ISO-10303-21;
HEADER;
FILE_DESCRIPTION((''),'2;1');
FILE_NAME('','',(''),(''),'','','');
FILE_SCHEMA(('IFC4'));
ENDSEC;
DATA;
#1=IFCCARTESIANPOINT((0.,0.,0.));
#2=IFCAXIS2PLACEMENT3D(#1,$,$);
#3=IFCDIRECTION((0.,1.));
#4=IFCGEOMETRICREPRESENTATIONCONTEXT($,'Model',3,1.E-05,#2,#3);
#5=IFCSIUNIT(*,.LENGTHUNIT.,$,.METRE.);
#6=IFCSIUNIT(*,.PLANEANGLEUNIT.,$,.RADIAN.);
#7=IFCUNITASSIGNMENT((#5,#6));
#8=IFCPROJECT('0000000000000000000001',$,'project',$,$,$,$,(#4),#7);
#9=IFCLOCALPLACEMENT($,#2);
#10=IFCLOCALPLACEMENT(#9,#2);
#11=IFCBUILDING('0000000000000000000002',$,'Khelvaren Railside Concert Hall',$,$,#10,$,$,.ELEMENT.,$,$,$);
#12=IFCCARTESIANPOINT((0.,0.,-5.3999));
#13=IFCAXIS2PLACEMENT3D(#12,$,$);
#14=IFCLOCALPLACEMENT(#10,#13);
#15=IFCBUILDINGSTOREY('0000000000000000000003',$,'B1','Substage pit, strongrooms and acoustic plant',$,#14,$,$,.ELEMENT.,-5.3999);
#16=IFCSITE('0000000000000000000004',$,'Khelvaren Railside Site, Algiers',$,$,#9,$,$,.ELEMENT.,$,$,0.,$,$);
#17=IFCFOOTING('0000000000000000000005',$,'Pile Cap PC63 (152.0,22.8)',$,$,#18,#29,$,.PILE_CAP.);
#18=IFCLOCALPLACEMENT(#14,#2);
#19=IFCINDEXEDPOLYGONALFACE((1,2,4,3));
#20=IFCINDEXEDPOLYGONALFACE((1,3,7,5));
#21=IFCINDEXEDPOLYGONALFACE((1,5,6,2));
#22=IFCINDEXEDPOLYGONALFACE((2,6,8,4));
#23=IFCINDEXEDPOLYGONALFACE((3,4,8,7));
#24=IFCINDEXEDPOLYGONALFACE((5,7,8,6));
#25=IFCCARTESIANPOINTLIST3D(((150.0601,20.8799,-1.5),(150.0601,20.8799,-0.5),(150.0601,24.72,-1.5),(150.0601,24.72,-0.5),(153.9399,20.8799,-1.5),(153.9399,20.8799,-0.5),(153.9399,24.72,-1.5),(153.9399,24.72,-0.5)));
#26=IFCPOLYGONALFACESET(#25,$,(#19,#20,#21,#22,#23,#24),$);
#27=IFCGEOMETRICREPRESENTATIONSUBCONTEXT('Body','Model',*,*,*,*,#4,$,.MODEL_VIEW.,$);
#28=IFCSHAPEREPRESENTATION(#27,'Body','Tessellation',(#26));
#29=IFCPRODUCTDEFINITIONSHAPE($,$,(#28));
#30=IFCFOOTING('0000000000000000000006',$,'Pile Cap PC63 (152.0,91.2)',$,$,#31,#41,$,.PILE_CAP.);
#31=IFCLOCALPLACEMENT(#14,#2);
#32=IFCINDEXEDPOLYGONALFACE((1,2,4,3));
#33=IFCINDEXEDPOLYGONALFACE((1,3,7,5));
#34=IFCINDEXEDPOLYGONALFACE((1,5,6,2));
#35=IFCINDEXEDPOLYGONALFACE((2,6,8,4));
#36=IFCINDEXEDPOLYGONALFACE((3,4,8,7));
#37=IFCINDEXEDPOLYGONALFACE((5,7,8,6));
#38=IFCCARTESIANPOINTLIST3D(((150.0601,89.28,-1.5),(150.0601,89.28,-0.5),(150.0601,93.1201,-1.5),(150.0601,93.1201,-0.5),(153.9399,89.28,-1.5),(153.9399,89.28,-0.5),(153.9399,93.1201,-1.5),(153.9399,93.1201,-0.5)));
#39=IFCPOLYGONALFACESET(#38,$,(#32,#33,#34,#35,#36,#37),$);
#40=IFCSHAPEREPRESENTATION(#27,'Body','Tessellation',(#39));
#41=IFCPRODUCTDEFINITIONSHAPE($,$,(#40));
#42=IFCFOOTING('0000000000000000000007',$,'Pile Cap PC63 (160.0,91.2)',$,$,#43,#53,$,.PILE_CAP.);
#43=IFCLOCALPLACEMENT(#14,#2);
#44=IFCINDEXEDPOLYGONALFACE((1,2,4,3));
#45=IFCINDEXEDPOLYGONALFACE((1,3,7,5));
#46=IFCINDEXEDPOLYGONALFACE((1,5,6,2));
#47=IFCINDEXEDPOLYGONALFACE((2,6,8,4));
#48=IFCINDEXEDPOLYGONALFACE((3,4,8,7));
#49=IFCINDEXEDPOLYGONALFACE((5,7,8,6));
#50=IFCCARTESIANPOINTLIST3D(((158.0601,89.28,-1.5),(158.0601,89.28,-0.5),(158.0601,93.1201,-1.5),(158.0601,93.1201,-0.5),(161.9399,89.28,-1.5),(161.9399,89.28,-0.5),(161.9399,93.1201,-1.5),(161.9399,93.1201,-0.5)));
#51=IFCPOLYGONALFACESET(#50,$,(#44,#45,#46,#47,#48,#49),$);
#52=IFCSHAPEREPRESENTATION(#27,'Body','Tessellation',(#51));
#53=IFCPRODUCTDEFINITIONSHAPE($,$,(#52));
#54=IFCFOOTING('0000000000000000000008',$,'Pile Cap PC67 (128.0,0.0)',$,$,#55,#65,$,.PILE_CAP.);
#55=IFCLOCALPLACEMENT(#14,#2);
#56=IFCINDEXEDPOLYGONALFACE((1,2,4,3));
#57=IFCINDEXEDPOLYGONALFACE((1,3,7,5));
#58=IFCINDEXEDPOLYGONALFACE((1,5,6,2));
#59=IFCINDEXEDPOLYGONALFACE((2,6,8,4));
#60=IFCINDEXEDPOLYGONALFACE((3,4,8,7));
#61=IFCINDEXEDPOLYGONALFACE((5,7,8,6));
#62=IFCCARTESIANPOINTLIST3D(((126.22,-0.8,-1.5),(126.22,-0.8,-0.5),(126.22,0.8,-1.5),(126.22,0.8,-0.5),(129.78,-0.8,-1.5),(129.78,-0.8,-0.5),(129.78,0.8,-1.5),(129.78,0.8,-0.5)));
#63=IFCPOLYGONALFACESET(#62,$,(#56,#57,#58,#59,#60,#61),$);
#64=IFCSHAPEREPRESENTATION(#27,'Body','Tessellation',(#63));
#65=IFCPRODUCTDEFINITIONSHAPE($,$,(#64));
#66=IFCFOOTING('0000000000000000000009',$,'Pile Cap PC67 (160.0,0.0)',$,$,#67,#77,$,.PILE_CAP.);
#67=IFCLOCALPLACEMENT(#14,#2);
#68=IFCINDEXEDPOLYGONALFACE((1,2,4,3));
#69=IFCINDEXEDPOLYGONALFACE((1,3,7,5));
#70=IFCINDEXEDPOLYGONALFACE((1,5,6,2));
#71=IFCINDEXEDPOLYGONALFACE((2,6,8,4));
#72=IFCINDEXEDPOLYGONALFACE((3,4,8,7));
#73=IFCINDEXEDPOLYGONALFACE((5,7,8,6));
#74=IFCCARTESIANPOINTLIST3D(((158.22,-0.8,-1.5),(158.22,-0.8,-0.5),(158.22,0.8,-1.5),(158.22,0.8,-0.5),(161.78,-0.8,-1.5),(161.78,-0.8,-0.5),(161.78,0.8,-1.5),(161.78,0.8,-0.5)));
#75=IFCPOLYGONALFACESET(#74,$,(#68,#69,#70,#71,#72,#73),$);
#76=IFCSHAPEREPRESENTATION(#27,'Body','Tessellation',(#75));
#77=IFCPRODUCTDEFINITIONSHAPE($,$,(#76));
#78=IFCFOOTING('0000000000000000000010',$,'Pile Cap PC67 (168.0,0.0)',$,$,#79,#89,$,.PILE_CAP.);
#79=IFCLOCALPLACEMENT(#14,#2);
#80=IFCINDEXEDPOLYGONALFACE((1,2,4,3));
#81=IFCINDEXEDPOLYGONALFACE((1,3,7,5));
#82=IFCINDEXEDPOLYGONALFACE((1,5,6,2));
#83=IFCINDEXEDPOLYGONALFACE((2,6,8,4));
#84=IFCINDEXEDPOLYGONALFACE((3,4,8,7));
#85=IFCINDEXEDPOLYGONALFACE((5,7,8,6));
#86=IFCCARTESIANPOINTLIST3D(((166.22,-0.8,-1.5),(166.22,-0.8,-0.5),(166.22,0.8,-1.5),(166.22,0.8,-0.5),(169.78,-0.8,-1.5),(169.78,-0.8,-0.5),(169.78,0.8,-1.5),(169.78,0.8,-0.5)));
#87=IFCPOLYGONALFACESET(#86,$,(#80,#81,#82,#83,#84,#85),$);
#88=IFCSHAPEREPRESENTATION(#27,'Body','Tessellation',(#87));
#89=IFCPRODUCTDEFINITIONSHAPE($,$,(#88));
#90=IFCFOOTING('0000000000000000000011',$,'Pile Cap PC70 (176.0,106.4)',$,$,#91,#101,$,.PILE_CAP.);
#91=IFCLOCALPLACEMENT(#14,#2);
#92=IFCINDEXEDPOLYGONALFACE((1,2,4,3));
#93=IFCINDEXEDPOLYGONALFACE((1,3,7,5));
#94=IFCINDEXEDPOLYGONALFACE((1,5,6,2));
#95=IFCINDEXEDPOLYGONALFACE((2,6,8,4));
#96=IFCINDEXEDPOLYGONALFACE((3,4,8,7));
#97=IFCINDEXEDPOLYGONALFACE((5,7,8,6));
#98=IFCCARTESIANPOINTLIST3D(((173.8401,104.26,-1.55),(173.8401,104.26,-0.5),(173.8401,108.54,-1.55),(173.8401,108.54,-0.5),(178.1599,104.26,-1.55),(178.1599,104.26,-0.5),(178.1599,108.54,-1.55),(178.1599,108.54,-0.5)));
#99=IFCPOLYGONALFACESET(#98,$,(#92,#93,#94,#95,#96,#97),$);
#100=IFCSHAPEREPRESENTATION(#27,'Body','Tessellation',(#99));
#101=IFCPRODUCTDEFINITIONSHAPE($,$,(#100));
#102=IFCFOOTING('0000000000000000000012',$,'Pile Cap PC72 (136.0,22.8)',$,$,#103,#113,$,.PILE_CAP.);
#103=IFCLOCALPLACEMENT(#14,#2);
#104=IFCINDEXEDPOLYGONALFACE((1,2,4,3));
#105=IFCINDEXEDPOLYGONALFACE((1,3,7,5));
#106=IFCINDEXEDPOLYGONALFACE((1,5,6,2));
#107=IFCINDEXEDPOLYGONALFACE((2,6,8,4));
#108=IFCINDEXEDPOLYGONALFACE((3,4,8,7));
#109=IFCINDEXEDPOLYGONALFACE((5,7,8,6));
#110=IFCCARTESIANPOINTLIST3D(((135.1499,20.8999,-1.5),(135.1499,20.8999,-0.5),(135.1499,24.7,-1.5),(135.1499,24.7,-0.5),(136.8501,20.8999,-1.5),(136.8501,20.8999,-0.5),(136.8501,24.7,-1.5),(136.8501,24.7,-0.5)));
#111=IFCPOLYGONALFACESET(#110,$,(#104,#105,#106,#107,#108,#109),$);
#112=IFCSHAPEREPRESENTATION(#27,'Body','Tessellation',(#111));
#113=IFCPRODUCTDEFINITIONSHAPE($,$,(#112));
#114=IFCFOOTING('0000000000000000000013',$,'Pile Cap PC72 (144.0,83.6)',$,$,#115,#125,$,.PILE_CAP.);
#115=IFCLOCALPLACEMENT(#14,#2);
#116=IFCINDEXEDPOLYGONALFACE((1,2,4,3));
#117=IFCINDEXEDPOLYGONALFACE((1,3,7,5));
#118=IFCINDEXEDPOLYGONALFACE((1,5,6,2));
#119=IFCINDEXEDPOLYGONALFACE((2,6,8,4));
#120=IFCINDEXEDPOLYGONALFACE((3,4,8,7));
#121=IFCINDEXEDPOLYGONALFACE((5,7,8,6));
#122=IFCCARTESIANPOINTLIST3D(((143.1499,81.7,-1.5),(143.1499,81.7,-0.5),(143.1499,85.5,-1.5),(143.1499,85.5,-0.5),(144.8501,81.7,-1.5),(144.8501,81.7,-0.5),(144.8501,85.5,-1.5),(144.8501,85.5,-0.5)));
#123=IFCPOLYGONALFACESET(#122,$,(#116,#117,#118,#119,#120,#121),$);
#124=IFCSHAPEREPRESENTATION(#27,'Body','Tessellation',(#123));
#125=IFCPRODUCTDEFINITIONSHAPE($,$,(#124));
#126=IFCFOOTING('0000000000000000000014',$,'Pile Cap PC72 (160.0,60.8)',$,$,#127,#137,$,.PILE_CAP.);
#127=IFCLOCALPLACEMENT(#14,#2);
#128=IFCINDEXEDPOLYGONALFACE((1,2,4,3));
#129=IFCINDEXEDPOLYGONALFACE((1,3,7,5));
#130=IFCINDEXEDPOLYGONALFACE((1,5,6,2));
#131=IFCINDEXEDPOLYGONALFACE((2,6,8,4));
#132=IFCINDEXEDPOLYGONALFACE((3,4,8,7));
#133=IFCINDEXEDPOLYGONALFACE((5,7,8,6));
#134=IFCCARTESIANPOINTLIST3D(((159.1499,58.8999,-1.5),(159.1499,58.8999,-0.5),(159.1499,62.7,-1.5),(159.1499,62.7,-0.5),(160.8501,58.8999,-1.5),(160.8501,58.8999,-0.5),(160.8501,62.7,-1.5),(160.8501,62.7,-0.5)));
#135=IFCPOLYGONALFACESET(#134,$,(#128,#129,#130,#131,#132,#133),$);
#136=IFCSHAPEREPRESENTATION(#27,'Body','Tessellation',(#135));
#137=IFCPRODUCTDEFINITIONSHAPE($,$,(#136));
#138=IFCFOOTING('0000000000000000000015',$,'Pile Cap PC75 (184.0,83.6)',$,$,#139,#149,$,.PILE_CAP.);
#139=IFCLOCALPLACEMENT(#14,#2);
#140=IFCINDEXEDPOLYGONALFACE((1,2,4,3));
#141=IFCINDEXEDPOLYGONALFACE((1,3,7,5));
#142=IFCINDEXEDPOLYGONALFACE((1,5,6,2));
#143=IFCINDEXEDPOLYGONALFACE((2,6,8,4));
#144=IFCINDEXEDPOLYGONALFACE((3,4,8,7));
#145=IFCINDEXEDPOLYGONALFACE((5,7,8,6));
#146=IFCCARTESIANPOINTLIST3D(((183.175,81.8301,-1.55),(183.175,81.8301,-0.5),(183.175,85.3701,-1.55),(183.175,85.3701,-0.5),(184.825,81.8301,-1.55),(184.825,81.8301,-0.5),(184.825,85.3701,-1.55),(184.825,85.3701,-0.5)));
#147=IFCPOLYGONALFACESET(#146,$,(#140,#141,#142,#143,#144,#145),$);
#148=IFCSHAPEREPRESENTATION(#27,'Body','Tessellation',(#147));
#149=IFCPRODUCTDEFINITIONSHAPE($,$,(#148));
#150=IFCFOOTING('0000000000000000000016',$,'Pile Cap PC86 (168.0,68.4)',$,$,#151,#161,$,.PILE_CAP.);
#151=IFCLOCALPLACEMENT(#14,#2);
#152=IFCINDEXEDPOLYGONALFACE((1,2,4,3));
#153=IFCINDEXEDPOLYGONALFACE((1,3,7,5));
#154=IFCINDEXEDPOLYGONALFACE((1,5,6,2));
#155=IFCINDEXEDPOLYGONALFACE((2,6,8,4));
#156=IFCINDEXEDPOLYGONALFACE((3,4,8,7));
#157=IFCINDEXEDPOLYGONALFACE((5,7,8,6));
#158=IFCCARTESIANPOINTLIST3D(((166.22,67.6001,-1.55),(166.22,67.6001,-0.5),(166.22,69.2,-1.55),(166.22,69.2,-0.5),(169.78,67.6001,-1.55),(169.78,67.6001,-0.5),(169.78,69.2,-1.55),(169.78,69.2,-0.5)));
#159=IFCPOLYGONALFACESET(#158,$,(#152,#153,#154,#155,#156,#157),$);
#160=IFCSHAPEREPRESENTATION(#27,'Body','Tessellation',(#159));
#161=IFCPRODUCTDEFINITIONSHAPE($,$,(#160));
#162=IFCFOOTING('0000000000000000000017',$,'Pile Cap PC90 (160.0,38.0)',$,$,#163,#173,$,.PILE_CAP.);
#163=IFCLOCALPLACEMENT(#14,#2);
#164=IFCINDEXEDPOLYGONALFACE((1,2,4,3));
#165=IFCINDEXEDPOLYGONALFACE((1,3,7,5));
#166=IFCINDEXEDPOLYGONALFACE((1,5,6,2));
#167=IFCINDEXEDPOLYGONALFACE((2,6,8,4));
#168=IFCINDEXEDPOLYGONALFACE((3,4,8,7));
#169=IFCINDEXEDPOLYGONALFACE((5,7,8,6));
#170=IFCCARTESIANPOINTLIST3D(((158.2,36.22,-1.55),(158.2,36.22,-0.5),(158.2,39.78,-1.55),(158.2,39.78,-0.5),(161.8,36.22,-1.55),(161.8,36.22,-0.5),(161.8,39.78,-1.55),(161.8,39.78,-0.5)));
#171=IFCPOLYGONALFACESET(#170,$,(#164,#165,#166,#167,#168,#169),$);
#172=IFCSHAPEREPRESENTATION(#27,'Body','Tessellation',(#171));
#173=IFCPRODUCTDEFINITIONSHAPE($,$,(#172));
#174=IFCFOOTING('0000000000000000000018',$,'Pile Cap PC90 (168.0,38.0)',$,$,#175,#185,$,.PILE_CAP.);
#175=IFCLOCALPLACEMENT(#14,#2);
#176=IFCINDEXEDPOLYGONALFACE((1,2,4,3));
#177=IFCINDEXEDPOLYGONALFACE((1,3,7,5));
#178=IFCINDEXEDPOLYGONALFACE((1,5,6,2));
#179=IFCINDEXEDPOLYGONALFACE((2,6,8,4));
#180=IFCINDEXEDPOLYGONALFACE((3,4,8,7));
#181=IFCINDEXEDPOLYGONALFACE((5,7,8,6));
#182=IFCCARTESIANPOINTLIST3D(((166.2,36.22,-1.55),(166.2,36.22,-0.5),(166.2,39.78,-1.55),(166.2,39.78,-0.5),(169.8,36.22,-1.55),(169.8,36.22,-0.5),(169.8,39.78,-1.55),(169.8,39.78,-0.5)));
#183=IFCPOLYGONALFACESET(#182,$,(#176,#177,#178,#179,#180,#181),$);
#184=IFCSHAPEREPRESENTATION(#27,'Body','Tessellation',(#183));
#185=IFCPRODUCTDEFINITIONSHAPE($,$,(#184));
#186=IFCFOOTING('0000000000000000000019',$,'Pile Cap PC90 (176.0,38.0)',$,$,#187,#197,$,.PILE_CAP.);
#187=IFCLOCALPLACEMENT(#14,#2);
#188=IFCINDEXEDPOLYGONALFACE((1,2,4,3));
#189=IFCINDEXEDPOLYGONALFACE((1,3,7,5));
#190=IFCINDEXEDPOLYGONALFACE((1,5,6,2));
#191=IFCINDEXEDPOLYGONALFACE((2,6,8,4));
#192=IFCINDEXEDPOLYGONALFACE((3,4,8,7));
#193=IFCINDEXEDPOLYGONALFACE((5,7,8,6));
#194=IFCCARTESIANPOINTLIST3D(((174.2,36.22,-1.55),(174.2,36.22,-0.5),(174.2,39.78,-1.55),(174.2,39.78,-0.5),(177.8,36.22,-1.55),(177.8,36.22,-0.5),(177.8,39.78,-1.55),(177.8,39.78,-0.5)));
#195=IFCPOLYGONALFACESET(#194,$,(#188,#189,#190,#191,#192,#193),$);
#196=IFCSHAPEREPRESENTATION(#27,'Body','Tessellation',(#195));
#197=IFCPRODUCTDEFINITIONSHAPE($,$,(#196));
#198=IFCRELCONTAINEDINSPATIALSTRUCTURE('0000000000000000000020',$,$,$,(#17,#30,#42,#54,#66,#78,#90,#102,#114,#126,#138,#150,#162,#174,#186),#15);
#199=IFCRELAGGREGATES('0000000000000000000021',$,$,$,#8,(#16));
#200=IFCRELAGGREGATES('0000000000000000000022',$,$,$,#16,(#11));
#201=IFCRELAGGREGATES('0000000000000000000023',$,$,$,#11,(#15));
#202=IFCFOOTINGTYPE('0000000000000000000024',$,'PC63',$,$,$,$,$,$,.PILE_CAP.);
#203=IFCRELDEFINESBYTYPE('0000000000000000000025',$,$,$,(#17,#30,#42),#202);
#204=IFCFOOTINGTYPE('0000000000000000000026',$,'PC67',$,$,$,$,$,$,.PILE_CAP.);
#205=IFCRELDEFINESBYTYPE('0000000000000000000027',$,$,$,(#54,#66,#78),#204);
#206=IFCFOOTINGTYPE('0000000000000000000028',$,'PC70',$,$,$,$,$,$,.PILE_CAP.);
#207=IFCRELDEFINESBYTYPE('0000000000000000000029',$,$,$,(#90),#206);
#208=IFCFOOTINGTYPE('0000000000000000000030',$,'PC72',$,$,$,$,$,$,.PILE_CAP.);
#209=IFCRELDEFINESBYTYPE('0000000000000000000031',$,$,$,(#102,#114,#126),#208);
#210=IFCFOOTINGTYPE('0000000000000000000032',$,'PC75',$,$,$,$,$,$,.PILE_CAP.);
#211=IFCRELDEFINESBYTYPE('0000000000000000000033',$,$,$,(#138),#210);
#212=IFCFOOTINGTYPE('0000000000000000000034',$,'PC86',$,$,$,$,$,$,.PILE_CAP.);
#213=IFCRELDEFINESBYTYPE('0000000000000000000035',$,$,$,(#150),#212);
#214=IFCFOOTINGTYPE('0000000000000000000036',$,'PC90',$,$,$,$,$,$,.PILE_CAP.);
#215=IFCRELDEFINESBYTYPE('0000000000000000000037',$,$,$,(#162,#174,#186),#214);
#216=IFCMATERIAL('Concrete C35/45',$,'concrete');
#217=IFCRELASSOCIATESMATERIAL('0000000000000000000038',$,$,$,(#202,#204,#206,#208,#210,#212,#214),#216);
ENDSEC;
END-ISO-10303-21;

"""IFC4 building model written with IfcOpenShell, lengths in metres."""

from ifc_helpers import new_model, si_unit, direction, frame, origin, place, context, subcontext, project, spatial, polyline, outline, extrude, material, type_object, element, save


model = new_model("IFC4")

# Units and contexts
model_context = context("Model", 3, precision=1e-05, world=origin(), true_north=direction((0.0, 1.0)))
body_context = subcontext(model_context, "Body", "Model", "MODEL_VIEW")
ifc_project = project(units=[si_unit("LENGTHUNIT", "METRE"), si_unit("PLANEANGLEUNIT", "RADIAN")], contexts=[model_context])

# Site, building, storey
site_placement = place(None, origin())
site = spatial("IfcSite", under=ifc_project, at=site_placement, Name="Khelvaren Railside Site, Algiers", CompositionType="ELEMENT", RefElevation=0.0)
building_placement = place(site_placement, origin())
building = spatial("IfcBuilding", under=site, at=building_placement, Name="Khelvaren Railside Concert Hall", CompositionType="ELEMENT")
storey_placement = place(building_placement, frame((0.0, 0.0, -5.3999)))
storey = spatial("IfcBuildingStorey", under=building, at=storey_placement, Name="B1", Description="Substage pit, strongrooms and acoustic plant", CompositionType="ELEMENT", Elevation=-5.3999)

# Footings
ifc_material = material(Name="Concrete C35/45", Category="concrete")
footing_type_1 = type_object("IfcFootingType", Name="PC63", PredefinedType="PILE_CAP", material=ifc_material)
footing_1_placement = place(storey_placement, frame((0.0, 0.0, -1.5)))
element("IfcFooting", 1, at=footing_1_placement, inside=storey, type_object=footing_type_1, Name="Pile Cap PC63 (152.0,22.8)", PredefinedType="PILE_CAP", context=body_context, shape_type="SweptSolid", body=[
    extrude(outline(polyline([(150.0601, 20.8799), (153.9399, 20.8799), (153.9399, 24.72), (150.0601, 24.72), (150.0601, 20.8799)])), origin(), (0.0, 0.0, 1.0), 1.0),
])
footing_2_placement = place(storey_placement, frame((0.0, 0.0, -1.5)))
element("IfcFooting", 2, at=footing_2_placement, inside=storey, type_object=footing_type_1, Name="Pile Cap PC63 (152.0,91.2)", PredefinedType="PILE_CAP", context=body_context, shape_type="SweptSolid", body=[
    extrude(outline(polyline([(150.0601, 89.28), (153.9399, 89.28), (153.9399, 93.1201), (150.0601, 93.1201), (150.0601, 89.28)])), origin(), (0.0, 0.0, 1.0), 1.0),
])
footing_3_placement = place(storey_placement, frame((0.0, 0.0, -1.5)))
element("IfcFooting", 3, at=footing_3_placement, inside=storey, type_object=footing_type_1, Name="Pile Cap PC63 (160.0,91.2)", PredefinedType="PILE_CAP", context=body_context, shape_type="SweptSolid", body=[
    extrude(outline(polyline([(158.0601, 89.28), (161.9399, 89.28), (161.9399, 93.1201), (158.0601, 93.1201), (158.0601, 89.28)])), origin(), (0.0, 0.0, 1.0), 1.0),
])
footing_type_2 = type_object("IfcFootingType", Name="PC67", PredefinedType="PILE_CAP", material=ifc_material)
footing_4_placement = place(storey_placement, frame((0.0, 0.0, -1.5)))
element("IfcFooting", 4, at=footing_4_placement, inside=storey, type_object=footing_type_2, Name="Pile Cap PC67 (128.0,0.0)", PredefinedType="PILE_CAP", context=body_context, shape_type="SweptSolid", body=[
    extrude(outline(polyline([(126.22, -0.8), (129.78, -0.8), (129.78, 0.8), (126.22, 0.8), (126.22, -0.8)])), origin(), (0.0, 0.0, 1.0), 1.0),
])
footing_5_placement = place(storey_placement, frame((0.0, 0.0, -1.5)))
element("IfcFooting", 5, at=footing_5_placement, inside=storey, type_object=footing_type_2, Name="Pile Cap PC67 (160.0,0.0)", PredefinedType="PILE_CAP", context=body_context, shape_type="SweptSolid", body=[
    extrude(outline(polyline([(158.22, -0.8), (161.78, -0.8), (161.78, 0.8), (158.22, 0.8), (158.22, -0.8)])), origin(), (0.0, 0.0, 1.0), 1.0),
])
footing_6_placement = place(storey_placement, frame((0.0, 0.0, -1.5)))
element("IfcFooting", 6, at=footing_6_placement, inside=storey, type_object=footing_type_2, Name="Pile Cap PC67 (168.0,0.0)", PredefinedType="PILE_CAP", context=body_context, shape_type="SweptSolid", body=[
    extrude(outline(polyline([(166.22, -0.8), (169.78, -0.8), (169.78, 0.8), (166.22, 0.8), (166.22, -0.8)])), origin(), (0.0, 0.0, 1.0), 1.0),
])
footing_type_3 = type_object("IfcFootingType", Name="PC70", PredefinedType="PILE_CAP", material=ifc_material)
footing_7_placement = place(storey_placement, frame((0.0, 0.0, -1.55)))
element("IfcFooting", 7, at=footing_7_placement, inside=storey, type_object=footing_type_3, Name="Pile Cap PC70 (176.0,106.4)", PredefinedType="PILE_CAP", context=body_context, shape_type="SweptSolid", body=[
    extrude(outline(polyline([(173.8401, 104.26), (178.1599, 104.26), (178.1599, 108.54), (173.8401, 108.54), (173.8401, 104.26)])), origin(), (0.0, 0.0, 1.0), 1.05),
])
footing_type_4 = type_object("IfcFootingType", Name="PC72", PredefinedType="PILE_CAP", material=ifc_material)
footing_8_placement = place(storey_placement, frame((0.0, 0.0, -1.5)))
element("IfcFooting", 8, at=footing_8_placement, inside=storey, type_object=footing_type_4, Name="Pile Cap PC72 (136.0,22.8)", PredefinedType="PILE_CAP", context=body_context, shape_type="SweptSolid", body=[
    extrude(outline(polyline([(135.1499, 20.8999), (136.8501, 20.8999), (136.8501, 24.7), (135.1499, 24.7), (135.1499, 20.8999)])), origin(), (0.0, 0.0, 1.0), 1.0),
])
footing_9_placement = place(storey_placement, frame((0.0, 0.0, -1.5)))
element("IfcFooting", 9, at=footing_9_placement, inside=storey, type_object=footing_type_4, Name="Pile Cap PC72 (144.0,83.6)", PredefinedType="PILE_CAP", context=body_context, shape_type="SweptSolid", body=[
    extrude(outline(polyline([(143.1499, 81.7), (144.8501, 81.7), (144.8501, 85.5), (143.1499, 85.5), (143.1499, 81.7)])), origin(), (0.0, 0.0, 1.0), 1.0),
])
footing_10_placement = place(storey_placement, frame((0.0, 0.0, -1.5)))
element("IfcFooting", 10, at=footing_10_placement, inside=storey, type_object=footing_type_4, Name="Pile Cap PC72 (160.0,60.8)", PredefinedType="PILE_CAP", context=body_context, shape_type="SweptSolid", body=[
    extrude(outline(polyline([(159.1499, 58.8999), (160.8501, 58.8999), (160.8501, 62.7), (159.1499, 62.7), (159.1499, 58.8999)])), origin(), (0.0, 0.0, 1.0), 1.0),
])
footing_type_5 = type_object("IfcFootingType", Name="PC75", PredefinedType="PILE_CAP", material=ifc_material)
footing_11_placement = place(storey_placement, frame((0.0, 0.0, -1.55)))
element("IfcFooting", 11, at=footing_11_placement, inside=storey, type_object=footing_type_5, Name="Pile Cap PC75 (184.0,83.6)", PredefinedType="PILE_CAP", context=body_context, shape_type="SweptSolid", body=[
    extrude(outline(polyline([(183.175, 81.8301), (184.825, 81.8301), (184.825, 85.3701), (183.175, 85.3701), (183.175, 81.8301)])), origin(), (0.0, 0.0, 1.0), 1.05),
])
footing_type_6 = type_object("IfcFootingType", Name="PC86", PredefinedType="PILE_CAP", material=ifc_material)
footing_12_placement = place(storey_placement, frame((0.0, 0.0, -1.55)))
element("IfcFooting", 12, at=footing_12_placement, inside=storey, type_object=footing_type_6, Name="Pile Cap PC86 (168.0,68.4)", PredefinedType="PILE_CAP", context=body_context, shape_type="SweptSolid", body=[
    extrude(outline(polyline([(166.22, 67.6001), (169.78, 67.6001), (169.78, 69.2), (166.22, 69.2), (166.22, 67.6001)])), origin(), (0.0, 0.0, 1.0), 1.05),
])
footing_type_7 = type_object("IfcFootingType", Name="PC90", PredefinedType="PILE_CAP", material=ifc_material)
footing_13_placement = place(storey_placement, frame((0.0, 0.0, -1.55)))
element("IfcFooting", 13, at=footing_13_placement, inside=storey, type_object=footing_type_7, Name="Pile Cap PC90 (160.0,38.0)", PredefinedType="PILE_CAP", context=body_context, shape_type="SweptSolid", body=[
    extrude(outline(polyline([(158.2, 36.22), (161.8, 36.22), (161.8, 39.78), (158.2, 39.78), (158.2, 36.22)])), origin(), (0.0, 0.0, 1.0), 1.05),
])
footing_14_placement = place(storey_placement, frame((0.0, 0.0, -1.55)))
element("IfcFooting", 14, at=footing_14_placement, inside=storey, type_object=footing_type_7, Name="Pile Cap PC90 (168.0,38.0)", PredefinedType="PILE_CAP", context=body_context, shape_type="SweptSolid", body=[
    extrude(outline(polyline([(166.2, 36.22), (169.8, 36.22), (169.8, 39.78), (166.2, 39.78), (166.2, 36.22)])), origin(), (0.0, 0.0, 1.0), 1.05),
])
footing_15_placement = place(storey_placement, frame((0.0, 0.0, -1.55)))
element("IfcFooting", 15, at=footing_15_placement, inside=storey, type_object=footing_type_7, Name="Pile Cap PC90 (176.0,38.0)", PredefinedType="PILE_CAP", context=body_context, shape_type="SweptSolid", body=[
    extrude(outline(polyline([(174.2, 36.22), (177.8, 36.22), (177.8, 39.78), (174.2, 39.78), (174.2, 36.22)])), origin(), (0.0, 0.0, 1.0), 1.05),
])

save(model, "model.ifc")
